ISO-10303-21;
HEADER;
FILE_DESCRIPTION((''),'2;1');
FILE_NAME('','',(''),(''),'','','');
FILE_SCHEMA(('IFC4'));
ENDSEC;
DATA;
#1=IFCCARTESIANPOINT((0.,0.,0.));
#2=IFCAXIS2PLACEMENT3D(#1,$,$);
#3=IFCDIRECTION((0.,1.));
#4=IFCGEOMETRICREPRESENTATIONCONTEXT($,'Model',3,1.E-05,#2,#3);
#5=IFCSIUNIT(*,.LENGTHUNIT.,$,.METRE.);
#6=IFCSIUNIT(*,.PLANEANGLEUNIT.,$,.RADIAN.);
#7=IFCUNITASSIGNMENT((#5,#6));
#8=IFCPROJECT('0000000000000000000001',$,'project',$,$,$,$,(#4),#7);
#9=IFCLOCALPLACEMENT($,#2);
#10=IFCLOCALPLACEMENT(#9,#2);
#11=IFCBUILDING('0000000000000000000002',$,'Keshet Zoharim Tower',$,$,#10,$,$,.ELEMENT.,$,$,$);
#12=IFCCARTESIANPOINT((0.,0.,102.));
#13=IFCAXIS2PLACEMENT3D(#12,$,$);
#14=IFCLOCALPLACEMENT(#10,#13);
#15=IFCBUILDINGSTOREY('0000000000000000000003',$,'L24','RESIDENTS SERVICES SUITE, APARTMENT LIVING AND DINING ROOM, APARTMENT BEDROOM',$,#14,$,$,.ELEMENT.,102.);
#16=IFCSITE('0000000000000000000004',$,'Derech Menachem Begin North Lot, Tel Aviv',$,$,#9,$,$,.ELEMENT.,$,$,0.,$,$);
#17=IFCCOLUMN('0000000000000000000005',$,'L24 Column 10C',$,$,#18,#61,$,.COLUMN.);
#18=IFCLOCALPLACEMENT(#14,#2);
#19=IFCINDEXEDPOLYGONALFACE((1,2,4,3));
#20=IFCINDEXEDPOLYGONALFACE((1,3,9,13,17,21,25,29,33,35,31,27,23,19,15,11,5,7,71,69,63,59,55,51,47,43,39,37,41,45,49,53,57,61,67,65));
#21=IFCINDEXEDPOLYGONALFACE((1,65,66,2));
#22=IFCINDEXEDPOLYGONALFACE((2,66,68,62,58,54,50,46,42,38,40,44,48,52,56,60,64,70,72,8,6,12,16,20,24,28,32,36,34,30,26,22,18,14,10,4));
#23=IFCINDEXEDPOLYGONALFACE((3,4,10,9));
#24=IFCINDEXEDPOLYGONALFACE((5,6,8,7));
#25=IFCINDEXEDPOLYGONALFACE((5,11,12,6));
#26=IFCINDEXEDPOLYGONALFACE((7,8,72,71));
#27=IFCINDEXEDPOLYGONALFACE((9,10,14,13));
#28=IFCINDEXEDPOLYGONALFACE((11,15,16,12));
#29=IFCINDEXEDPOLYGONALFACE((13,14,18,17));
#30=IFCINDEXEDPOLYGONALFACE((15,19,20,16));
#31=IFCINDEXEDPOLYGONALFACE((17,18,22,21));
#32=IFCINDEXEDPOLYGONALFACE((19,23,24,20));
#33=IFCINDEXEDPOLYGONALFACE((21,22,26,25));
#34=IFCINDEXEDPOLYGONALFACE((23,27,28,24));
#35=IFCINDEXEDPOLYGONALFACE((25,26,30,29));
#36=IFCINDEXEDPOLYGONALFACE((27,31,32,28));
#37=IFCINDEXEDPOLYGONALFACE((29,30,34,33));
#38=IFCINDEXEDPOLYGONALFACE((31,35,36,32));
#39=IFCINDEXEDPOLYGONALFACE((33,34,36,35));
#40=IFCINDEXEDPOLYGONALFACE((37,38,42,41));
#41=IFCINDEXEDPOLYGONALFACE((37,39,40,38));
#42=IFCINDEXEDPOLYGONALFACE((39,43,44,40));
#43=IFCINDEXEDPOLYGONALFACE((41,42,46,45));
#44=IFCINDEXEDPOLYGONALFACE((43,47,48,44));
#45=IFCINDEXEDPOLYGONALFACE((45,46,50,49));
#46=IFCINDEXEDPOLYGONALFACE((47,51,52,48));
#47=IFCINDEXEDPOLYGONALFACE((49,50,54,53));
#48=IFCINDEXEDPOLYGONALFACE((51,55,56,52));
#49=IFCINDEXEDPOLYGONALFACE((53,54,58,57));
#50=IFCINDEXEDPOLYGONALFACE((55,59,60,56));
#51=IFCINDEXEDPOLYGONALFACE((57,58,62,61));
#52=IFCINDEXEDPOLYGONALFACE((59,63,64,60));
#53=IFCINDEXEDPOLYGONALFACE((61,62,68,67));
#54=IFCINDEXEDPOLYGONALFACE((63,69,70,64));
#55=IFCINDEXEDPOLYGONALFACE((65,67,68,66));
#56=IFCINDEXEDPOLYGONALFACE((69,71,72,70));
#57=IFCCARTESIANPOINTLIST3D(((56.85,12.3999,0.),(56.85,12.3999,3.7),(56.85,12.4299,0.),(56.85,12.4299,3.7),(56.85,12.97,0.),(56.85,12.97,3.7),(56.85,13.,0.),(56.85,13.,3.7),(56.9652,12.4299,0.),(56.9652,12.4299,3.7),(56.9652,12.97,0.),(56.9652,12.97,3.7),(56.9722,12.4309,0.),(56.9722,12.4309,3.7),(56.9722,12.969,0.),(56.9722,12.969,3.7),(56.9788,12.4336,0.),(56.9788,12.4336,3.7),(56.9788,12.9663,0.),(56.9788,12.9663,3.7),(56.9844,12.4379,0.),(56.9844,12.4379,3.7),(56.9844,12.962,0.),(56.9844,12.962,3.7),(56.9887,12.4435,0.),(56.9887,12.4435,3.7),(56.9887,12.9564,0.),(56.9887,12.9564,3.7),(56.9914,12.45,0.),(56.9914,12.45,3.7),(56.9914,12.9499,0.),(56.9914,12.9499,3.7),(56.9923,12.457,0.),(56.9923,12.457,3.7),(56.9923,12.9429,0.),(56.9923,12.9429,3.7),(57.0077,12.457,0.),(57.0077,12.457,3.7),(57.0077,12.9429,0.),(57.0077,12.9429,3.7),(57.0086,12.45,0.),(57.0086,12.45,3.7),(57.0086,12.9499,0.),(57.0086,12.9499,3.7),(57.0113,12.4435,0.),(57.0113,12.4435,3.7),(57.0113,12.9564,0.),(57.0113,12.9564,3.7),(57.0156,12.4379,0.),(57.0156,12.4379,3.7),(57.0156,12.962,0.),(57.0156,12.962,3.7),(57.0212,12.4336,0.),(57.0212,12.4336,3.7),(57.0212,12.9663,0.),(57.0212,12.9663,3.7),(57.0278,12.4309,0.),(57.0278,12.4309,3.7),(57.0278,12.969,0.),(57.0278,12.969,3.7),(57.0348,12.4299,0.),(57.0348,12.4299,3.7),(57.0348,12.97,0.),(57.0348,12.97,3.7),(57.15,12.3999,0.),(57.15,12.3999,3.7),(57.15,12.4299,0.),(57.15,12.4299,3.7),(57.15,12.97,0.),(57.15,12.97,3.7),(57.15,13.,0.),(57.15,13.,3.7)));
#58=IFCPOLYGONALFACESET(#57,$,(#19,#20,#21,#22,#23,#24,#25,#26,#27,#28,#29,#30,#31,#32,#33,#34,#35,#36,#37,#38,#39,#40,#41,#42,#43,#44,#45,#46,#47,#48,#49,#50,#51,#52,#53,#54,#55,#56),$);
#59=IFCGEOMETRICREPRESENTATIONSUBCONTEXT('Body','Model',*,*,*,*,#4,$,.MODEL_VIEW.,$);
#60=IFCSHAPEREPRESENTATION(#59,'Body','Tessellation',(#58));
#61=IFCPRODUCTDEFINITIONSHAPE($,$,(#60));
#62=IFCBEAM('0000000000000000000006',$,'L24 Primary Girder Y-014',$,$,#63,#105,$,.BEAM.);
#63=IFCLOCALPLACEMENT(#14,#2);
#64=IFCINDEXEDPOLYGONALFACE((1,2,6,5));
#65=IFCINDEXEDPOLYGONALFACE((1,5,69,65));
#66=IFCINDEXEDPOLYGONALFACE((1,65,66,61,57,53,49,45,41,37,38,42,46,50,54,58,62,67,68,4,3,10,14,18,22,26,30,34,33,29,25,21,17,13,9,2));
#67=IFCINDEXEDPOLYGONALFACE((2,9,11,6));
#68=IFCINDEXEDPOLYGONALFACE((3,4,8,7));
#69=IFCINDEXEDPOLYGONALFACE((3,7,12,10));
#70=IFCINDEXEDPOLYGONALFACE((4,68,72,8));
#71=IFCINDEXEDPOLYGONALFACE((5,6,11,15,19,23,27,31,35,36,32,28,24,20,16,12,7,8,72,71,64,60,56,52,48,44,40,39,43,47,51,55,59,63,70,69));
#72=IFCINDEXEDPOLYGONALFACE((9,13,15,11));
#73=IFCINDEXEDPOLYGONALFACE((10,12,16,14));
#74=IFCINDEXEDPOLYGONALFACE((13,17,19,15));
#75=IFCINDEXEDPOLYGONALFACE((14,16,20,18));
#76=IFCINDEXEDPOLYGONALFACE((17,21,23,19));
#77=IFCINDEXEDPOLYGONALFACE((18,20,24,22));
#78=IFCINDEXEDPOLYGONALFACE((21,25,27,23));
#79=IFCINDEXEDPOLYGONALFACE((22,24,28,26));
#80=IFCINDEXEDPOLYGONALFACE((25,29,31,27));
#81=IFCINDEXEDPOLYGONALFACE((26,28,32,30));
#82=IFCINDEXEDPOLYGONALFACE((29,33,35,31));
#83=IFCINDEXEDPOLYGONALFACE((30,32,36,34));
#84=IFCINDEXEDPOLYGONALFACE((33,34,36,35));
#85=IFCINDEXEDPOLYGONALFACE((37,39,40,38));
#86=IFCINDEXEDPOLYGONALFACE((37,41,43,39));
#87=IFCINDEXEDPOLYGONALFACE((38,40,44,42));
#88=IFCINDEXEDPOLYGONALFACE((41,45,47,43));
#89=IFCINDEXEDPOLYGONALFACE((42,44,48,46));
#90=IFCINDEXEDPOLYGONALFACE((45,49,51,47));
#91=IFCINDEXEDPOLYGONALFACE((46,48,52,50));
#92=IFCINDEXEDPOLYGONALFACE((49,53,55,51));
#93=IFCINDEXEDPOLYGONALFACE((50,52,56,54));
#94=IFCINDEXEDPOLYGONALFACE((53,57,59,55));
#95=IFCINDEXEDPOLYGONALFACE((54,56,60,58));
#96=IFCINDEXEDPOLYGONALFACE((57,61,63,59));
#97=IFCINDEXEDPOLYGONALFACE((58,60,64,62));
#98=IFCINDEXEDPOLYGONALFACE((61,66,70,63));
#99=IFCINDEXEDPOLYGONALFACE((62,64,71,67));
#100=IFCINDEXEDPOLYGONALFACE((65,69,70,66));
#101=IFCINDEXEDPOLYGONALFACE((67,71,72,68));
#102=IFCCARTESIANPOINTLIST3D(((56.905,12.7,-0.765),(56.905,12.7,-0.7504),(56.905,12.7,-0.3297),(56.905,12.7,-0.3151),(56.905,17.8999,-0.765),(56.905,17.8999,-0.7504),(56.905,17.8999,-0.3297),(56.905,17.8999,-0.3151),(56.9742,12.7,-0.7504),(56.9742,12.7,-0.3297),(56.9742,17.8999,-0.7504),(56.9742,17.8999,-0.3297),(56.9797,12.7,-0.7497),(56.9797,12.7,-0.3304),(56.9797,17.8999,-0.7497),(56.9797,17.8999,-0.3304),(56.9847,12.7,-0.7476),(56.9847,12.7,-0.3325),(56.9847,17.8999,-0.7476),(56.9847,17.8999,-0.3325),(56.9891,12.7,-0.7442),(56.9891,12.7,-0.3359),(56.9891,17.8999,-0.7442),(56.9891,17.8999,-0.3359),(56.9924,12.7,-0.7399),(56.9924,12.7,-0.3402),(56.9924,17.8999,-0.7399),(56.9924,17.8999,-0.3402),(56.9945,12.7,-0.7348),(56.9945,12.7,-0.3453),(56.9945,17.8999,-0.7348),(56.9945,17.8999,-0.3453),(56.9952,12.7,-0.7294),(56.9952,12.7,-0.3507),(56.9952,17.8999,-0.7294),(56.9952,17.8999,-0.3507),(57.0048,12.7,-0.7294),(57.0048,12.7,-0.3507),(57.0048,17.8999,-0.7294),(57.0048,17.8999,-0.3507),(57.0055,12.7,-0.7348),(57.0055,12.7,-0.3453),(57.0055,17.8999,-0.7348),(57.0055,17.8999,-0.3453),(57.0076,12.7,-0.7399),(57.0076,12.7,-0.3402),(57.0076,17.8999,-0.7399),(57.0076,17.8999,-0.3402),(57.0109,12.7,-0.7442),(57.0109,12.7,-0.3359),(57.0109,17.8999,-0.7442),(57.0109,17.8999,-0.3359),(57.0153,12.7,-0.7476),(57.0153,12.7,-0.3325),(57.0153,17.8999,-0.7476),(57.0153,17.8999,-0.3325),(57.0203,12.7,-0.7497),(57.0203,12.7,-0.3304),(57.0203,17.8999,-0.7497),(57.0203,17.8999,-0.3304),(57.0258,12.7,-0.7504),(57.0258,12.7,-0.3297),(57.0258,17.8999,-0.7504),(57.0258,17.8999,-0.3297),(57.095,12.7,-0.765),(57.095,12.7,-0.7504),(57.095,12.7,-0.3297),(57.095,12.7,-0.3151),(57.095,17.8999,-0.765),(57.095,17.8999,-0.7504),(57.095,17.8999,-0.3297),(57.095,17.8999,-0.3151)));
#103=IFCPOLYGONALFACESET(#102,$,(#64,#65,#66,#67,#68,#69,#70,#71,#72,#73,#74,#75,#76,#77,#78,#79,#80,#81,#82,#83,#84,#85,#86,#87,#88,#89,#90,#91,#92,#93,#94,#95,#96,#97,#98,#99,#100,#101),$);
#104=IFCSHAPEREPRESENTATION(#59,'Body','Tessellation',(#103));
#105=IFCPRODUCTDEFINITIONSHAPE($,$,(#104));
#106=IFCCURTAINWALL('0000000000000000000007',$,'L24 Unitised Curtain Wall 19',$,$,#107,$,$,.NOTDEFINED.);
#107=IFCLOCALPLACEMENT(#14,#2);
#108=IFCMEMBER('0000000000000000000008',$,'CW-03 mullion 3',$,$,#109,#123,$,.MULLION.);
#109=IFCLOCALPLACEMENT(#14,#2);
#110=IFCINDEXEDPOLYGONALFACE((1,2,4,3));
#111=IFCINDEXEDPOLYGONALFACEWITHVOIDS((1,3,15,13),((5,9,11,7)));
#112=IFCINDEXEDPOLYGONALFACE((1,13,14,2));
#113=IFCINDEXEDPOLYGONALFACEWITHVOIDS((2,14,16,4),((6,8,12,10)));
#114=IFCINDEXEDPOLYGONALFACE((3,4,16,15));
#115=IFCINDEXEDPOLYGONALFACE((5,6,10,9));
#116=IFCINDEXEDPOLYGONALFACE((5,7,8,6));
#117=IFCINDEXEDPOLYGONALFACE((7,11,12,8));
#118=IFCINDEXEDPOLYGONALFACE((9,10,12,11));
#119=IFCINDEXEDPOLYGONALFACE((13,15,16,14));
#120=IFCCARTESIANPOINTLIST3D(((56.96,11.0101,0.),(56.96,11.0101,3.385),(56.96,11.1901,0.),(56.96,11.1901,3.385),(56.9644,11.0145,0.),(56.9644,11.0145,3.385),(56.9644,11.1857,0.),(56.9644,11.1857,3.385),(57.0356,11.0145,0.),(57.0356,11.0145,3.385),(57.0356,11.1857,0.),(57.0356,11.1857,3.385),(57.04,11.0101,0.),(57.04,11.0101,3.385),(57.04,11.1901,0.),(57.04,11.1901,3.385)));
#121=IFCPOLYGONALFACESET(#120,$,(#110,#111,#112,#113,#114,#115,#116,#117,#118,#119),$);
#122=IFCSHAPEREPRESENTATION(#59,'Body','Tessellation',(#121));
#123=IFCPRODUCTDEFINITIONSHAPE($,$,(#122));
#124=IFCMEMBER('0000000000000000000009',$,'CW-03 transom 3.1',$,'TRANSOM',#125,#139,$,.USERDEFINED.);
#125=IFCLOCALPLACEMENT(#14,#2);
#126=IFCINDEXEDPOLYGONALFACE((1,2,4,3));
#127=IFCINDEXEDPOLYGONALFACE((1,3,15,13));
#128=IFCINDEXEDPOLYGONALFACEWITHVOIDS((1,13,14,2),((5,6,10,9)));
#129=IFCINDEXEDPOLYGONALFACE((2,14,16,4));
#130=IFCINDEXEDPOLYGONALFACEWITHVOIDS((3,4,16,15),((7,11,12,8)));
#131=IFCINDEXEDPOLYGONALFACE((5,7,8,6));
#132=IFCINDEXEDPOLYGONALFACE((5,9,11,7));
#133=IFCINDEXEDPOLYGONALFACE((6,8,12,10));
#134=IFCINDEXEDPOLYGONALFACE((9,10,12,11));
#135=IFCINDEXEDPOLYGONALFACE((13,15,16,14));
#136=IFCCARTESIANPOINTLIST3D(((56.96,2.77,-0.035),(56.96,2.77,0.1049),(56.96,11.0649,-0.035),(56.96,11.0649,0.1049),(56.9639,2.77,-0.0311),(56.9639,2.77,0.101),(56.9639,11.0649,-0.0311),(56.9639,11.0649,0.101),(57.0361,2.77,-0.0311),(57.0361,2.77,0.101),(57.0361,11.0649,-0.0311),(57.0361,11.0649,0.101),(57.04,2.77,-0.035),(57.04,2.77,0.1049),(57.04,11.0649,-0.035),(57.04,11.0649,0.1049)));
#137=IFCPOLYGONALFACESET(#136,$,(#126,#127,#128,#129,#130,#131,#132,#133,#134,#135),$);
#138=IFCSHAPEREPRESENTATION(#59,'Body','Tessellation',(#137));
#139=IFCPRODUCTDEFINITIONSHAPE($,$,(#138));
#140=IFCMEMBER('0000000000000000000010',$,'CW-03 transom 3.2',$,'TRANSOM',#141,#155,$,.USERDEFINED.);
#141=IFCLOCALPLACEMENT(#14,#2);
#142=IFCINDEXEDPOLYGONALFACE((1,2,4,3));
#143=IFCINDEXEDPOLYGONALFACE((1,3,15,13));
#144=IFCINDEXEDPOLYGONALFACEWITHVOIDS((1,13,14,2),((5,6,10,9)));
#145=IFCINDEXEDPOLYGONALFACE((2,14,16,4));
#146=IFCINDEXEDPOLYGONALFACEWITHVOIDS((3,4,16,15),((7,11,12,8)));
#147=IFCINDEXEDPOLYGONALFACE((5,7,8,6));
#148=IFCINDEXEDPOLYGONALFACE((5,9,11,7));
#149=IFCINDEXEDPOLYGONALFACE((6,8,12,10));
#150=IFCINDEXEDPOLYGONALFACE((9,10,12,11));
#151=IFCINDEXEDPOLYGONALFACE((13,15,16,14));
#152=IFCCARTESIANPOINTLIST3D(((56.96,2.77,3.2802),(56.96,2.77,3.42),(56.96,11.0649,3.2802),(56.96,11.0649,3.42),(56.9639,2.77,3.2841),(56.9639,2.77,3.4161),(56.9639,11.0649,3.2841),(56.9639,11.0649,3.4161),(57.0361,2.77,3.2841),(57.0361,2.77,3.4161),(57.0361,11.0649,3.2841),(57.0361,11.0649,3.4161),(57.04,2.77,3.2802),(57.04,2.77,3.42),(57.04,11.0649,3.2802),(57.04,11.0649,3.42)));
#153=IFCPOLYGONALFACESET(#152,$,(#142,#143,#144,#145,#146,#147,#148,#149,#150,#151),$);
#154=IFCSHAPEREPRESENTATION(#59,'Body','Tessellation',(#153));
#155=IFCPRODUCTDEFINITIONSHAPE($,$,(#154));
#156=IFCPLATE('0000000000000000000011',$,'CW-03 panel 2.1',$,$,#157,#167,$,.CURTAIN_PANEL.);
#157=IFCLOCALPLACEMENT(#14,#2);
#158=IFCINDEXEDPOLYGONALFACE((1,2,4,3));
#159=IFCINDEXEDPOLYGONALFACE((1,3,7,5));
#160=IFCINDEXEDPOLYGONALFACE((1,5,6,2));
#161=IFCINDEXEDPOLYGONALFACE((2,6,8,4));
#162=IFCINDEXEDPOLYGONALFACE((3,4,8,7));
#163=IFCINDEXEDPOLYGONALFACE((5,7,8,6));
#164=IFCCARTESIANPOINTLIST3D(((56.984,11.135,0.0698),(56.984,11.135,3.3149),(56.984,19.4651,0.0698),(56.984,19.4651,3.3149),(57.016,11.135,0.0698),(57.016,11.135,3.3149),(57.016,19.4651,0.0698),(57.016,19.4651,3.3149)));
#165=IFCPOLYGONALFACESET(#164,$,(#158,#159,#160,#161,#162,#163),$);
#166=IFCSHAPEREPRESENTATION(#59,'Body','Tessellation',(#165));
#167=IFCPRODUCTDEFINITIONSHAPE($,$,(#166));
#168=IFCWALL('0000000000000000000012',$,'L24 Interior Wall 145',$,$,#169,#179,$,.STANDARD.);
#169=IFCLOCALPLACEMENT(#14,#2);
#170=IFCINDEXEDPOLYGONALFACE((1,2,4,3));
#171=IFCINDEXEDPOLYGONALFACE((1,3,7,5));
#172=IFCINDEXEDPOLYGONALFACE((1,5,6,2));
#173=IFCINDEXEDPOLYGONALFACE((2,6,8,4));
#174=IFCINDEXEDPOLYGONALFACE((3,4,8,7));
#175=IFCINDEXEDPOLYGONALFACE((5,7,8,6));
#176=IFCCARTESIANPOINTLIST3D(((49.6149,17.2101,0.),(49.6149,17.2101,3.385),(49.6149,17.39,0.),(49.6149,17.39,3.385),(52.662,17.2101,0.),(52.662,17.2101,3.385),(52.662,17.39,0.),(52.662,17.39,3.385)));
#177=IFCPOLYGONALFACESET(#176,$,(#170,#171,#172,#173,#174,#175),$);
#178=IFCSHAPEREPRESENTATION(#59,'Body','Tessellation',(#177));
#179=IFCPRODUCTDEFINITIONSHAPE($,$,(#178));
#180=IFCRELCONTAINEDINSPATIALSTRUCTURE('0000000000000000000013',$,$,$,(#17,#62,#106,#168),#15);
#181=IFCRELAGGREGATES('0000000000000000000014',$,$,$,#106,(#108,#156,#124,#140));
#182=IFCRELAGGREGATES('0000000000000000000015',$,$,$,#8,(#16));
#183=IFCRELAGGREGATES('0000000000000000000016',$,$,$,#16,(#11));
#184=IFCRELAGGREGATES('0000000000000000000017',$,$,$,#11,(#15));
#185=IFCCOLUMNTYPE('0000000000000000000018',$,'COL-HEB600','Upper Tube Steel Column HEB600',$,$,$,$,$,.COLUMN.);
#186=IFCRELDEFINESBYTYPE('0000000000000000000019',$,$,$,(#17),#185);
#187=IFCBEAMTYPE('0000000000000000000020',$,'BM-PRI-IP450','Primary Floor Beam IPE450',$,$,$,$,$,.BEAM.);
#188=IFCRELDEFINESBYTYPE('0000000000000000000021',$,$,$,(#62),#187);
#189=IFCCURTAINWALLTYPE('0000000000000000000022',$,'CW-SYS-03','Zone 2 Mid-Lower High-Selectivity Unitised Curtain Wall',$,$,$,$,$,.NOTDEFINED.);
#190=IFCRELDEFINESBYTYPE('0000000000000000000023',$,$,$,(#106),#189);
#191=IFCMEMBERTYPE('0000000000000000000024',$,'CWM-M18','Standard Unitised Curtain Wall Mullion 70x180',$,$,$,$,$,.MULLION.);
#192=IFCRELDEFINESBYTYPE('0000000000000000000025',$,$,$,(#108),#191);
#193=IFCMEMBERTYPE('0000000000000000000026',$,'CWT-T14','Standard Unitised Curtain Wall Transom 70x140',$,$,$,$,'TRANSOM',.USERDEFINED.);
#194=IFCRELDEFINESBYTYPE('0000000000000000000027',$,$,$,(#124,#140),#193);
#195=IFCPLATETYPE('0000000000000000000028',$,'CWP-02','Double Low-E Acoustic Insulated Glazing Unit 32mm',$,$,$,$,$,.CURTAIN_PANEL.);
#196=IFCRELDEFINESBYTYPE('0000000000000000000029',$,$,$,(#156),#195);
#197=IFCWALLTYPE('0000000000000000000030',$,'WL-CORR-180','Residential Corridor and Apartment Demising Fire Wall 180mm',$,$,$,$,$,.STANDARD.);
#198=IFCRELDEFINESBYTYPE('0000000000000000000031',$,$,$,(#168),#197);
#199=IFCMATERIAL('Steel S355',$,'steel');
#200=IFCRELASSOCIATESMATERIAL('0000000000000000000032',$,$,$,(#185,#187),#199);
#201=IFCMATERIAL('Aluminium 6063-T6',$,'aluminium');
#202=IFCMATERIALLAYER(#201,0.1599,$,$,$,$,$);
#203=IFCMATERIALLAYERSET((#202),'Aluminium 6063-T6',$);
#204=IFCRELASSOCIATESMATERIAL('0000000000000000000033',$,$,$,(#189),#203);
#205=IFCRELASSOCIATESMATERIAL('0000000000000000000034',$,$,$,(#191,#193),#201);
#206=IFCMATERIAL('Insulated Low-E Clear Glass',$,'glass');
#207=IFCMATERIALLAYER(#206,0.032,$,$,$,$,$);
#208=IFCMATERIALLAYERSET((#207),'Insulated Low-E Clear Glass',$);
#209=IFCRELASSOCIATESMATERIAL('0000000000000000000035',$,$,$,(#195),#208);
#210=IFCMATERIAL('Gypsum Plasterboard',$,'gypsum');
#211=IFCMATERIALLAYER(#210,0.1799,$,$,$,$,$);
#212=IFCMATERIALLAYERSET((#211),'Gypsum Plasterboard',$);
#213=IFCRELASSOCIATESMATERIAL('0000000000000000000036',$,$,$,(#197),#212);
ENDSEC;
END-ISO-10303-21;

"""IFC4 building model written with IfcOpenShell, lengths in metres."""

from ifc_helpers import new_model, si_unit, direction, frame, frame_2d, origin, origin_2d, place, context, subcontext, project, spatial, rectangle, hollow_rectangle, i_section, extrude, material, layer, layer_set, material_profile, profile_set, type_object, element, aggregate, save


model = new_model("IFC4")

# Units and contexts
model_context = context("Model", 3, precision=1e-05, world=origin(), true_north=direction((0.0, 1.0)))
body_context = subcontext(model_context, "Body", "Model", "MODEL_VIEW")
ifc_project = project(units=[si_unit("LENGTHUNIT", "METRE"), si_unit("PLANEANGLEUNIT", "RADIAN")], contexts=[model_context])

# Site, building, storey
site_placement = place(None, origin())
site = spatial("IfcSite", under=ifc_project, at=site_placement, Name="Derech Menachem Begin North Lot, Tel Aviv", CompositionType="ELEMENT", RefElevation=0.0)
building_placement = place(site_placement, origin())
building = spatial("IfcBuilding", under=site, at=building_placement, Name="Keshet Zoharim Tower", CompositionType="ELEMENT")
storey_placement = place(building_placement, frame((0.0, 0.0, 102.0)))
storey = spatial("IfcBuildingStorey", under=building, at=storey_placement, Name="L24", Description="RESIDENTS SERVICES SUITE, APARTMENT LIVING AND DINING ROOM, APARTMENT BEDROOM", CompositionType="ELEMENT", Elevation=102.0)

# Column
ifc_material_1 = material(Name="Steel S355", Category="steel")
ifc_material_profile_1 = material_profile(ifc_material_1, i_section(OverallWidth=0.3, OverallDepth=0.6001, WebThickness=0.0154, FlangeThickness=0.03, FilletRadius=0.0271, at=origin_2d()), Name="HEB600")
ifc_profile_set_1 = profile_set([ifc_material_profile_1], Name="Steel S355")
column_type = type_object("IfcColumnType", Name="COL-HEB600", Description="Upper Tube Steel Column HEB600", PredefinedType="COLUMN", material=ifc_profile_set_1)
column_placement = place(storey_placement, frame((57.0, 12.7, 0.0), z_axis=(0.0, 0.0, 1.0), x_axis=(1.0, 0.0, 0.0)))
element("IfcColumn", 1, at=column_placement, inside=storey, type_object=column_type, Name="L24 Column 10C", PredefinedType="COLUMN", context=body_context, shape_type="SweptSolid", body=[
    extrude(i_section(OverallWidth=0.3, OverallDepth=0.6001, WebThickness=0.0154, FlangeThickness=0.03, FilletRadius=0.0271, at=origin_2d()), origin(), (0.0, 0.0, 1.0), 3.7),
])

# Beam
ifc_material_profile_2 = material_profile(ifc_material_1, i_section(OverallWidth=0.1899, OverallDepth=0.45, WebThickness=0.0095, FlangeThickness=0.0146, FilletRadius=0.021, at=origin_2d()), Name="IPE450")
ifc_profile_set_2 = profile_set([ifc_material_profile_2], Name="Steel S355")
beam_type = type_object("IfcBeamType", Name="BM-PRI-IP450", Description="Primary Floor Beam IPE450", PredefinedType="BEAM", material=ifc_profile_set_2)
beam_placement = place(storey_placement, frame((57.0, 12.7, -0.54), z_axis=(0.0, 1.0, 0.0), x_axis=(-1.0, 0.0, 0.0)))
element("IfcBeam", 2, at=beam_placement, inside=storey, type_object=beam_type, Name="L24 Primary Girder Y-014", PredefinedType="BEAM", context=body_context, shape_type="SweptSolid", body=[
    extrude(i_section(OverallWidth=0.1899, OverallDepth=0.45, WebThickness=0.0095, FlangeThickness=0.0146, FilletRadius=0.021, at=origin_2d()), origin(), (0.0, 0.0, 1.0), 5.2),
])

# Curtain wall, members, plate
ifc_material_2 = material(Name="Aluminium 6063-T6", Category="aluminium")
ifc_layer_1 = layer(ifc_material_2, 0.1599)
ifc_layer_set_1 = layer_set([ifc_layer_1], Name="Aluminium 6063-T6")
curtain_wall_type = type_object("IfcCurtainWallType", Name="CW-SYS-03", Description="Zone 2 Mid-Lower High-Selectivity Unitised Curtain Wall", PredefinedType="NOTDEFINED", material=ifc_layer_set_1)
curtain_wall_placement = place(storey_placement, origin())
curtain_wall = element("IfcCurtainWall", 3, at=curtain_wall_placement, inside=storey, type_object=curtain_wall_type, Name="L24 Unitised Curtain Wall 19", PredefinedType="NOTDEFINED")
ifc_material_profile_3 = material_profile(ifc_material_2, hollow_rectangle(XDim=0.0801, YDim=0.1799, WallThickness=0.0044, at=origin_2d()), Name="MUL-80x180")
ifc_profile_set_3 = profile_set([ifc_material_profile_3], Name="Aluminium 6063-T6")
member_type_1 = type_object("IfcMemberType", Name="CWM-M18", Description="Standard Unitised Curtain Wall Mullion 70x180", PredefinedType="MULLION", material=ifc_profile_set_3)
member_1_placement = place(storey_placement, frame((57.0, 11.1001, 0.0), z_axis=(0.0, 0.0, 1.0), x_axis=(1.0, 0.0, 0.0)))
member_1 = element("IfcMember", 4, at=member_1_placement, type_object=member_type_1, Name="CW-03 mullion 3", PredefinedType="MULLION", context=body_context, shape_type="SweptSolid", body=[
    extrude(hollow_rectangle(XDim=0.0801, YDim=0.1799, WallThickness=0.0044, at=origin_2d()), origin(), (0.0, 0.0, 1.0), 3.385),
])
ifc_material_profile_4 = material_profile(ifc_material_2, hollow_rectangle(XDim=0.0801, YDim=0.1399, WallThickness=0.0039, at=origin_2d()), Name="TRN-80x140")
ifc_profile_set_4 = profile_set([ifc_material_profile_4], Name="Aluminium 6063-T6")
member_type_2 = type_object("IfcMemberType", Name="CWT-T14", Description="Standard Unitised Curtain Wall Transom 70x140", ElementType="TRANSOM", PredefinedType="USERDEFINED", material=ifc_profile_set_4)
member_2_placement = place(storey_placement, frame((57.0, 11.0649, 0.0349), z_axis=(0.0, -1.0, 0.0), x_axis=(1.0, 0.0, 0.0)))
member_2 = element("IfcMember", 5, at=member_2_placement, type_object=member_type_2, Name="CW-03 transom 3.1", ObjectType="TRANSOM", PredefinedType="USERDEFINED", context=body_context, shape_type="SweptSolid", body=[
    extrude(hollow_rectangle(XDim=0.0801, YDim=0.1399, WallThickness=0.0039, at=origin_2d()), origin(), (0.0, 0.0, 1.0), 8.2949),
])
member_3_placement = place(storey_placement, frame((57.0, 11.0649, 3.3501), z_axis=(0.0, -1.0, 0.0), x_axis=(1.0, 0.0, 0.0)))
member_3 = element("IfcMember", 6, at=member_3_placement, type_object=member_type_2, Name="CW-03 transom 3.2", ObjectType="TRANSOM", PredefinedType="USERDEFINED", context=body_context, shape_type="SweptSolid", body=[
    extrude(hollow_rectangle(XDim=0.0801, YDim=0.1399, WallThickness=0.0039, at=origin_2d()), origin(), (0.0, 0.0, 1.0), 8.2949),
])
ifc_material_3 = material(Name="Insulated Low-E Clear Glass", Category="glass")
ifc_layer_2 = layer(ifc_material_3, 0.032)
ifc_layer_set_2 = layer_set([ifc_layer_2], Name="Insulated Low-E Clear Glass")
plate_type = type_object("IfcPlateType", Name="CWP-02", Description="Double Low-E Acoustic Insulated Glazing Unit 32mm", PredefinedType="CURTAIN_PANEL", material=ifc_layer_set_2)
plate_placement = place(storey_placement, frame((57.0, 15.3, 0.0698), z_axis=(0.0, 0.0, 1.0), x_axis=(0.0, -1.0, 0.0)))
plate = element("IfcPlate", 7, at=plate_placement, type_object=plate_type, Name="CW-03 panel 2.1", PredefinedType="CURTAIN_PANEL", context=body_context, shape_type="SweptSolid", body=[
    extrude(rectangle(XDim=8.3301, YDim=0.032, at=origin_2d()), origin(), (0.0, 0.0, 1.0), 3.2451),
])
aggregate(curtain_wall, [member_1, plate, member_2, member_3])

# Shared definitions
ifc_material_4 = material(Name="Gypsum Plasterboard", Category="gypsum")
ifc_layer_3 = layer(ifc_material_4, 0.1799)
ifc_layer_set_3 = layer_set([ifc_layer_3], Name="Gypsum Plasterboard")
wall_type_1 = type_object("IfcWallType", Name="WL-CORR-180", Description="Residential Corridor and Apartment Demising Fire Wall 180mm", PredefinedType="STANDARD", material=ifc_layer_set_3)

# Wall
wall_1_placement = place(storey_placement, frame((49.615, 17.3, 0.0), z_axis=(0.0, 0.0, 1.0), x_axis=(1.0, 0.0, 0.0)))
element("IfcWall", 8, at=wall_1_placement, inside=storey, type_object=wall_type_1, Name="L24 Interior Wall 145", PredefinedType="STANDARD", context=body_context, shape_type="SweptSolid", body=[
    extrude(rectangle(XDim=3.0471, YDim=0.1799, at=frame_2d((1.5234, 0.0))), origin(), (0.0, 0.0, 1.0), 3.385),
])

save(model, "model.ifc")
